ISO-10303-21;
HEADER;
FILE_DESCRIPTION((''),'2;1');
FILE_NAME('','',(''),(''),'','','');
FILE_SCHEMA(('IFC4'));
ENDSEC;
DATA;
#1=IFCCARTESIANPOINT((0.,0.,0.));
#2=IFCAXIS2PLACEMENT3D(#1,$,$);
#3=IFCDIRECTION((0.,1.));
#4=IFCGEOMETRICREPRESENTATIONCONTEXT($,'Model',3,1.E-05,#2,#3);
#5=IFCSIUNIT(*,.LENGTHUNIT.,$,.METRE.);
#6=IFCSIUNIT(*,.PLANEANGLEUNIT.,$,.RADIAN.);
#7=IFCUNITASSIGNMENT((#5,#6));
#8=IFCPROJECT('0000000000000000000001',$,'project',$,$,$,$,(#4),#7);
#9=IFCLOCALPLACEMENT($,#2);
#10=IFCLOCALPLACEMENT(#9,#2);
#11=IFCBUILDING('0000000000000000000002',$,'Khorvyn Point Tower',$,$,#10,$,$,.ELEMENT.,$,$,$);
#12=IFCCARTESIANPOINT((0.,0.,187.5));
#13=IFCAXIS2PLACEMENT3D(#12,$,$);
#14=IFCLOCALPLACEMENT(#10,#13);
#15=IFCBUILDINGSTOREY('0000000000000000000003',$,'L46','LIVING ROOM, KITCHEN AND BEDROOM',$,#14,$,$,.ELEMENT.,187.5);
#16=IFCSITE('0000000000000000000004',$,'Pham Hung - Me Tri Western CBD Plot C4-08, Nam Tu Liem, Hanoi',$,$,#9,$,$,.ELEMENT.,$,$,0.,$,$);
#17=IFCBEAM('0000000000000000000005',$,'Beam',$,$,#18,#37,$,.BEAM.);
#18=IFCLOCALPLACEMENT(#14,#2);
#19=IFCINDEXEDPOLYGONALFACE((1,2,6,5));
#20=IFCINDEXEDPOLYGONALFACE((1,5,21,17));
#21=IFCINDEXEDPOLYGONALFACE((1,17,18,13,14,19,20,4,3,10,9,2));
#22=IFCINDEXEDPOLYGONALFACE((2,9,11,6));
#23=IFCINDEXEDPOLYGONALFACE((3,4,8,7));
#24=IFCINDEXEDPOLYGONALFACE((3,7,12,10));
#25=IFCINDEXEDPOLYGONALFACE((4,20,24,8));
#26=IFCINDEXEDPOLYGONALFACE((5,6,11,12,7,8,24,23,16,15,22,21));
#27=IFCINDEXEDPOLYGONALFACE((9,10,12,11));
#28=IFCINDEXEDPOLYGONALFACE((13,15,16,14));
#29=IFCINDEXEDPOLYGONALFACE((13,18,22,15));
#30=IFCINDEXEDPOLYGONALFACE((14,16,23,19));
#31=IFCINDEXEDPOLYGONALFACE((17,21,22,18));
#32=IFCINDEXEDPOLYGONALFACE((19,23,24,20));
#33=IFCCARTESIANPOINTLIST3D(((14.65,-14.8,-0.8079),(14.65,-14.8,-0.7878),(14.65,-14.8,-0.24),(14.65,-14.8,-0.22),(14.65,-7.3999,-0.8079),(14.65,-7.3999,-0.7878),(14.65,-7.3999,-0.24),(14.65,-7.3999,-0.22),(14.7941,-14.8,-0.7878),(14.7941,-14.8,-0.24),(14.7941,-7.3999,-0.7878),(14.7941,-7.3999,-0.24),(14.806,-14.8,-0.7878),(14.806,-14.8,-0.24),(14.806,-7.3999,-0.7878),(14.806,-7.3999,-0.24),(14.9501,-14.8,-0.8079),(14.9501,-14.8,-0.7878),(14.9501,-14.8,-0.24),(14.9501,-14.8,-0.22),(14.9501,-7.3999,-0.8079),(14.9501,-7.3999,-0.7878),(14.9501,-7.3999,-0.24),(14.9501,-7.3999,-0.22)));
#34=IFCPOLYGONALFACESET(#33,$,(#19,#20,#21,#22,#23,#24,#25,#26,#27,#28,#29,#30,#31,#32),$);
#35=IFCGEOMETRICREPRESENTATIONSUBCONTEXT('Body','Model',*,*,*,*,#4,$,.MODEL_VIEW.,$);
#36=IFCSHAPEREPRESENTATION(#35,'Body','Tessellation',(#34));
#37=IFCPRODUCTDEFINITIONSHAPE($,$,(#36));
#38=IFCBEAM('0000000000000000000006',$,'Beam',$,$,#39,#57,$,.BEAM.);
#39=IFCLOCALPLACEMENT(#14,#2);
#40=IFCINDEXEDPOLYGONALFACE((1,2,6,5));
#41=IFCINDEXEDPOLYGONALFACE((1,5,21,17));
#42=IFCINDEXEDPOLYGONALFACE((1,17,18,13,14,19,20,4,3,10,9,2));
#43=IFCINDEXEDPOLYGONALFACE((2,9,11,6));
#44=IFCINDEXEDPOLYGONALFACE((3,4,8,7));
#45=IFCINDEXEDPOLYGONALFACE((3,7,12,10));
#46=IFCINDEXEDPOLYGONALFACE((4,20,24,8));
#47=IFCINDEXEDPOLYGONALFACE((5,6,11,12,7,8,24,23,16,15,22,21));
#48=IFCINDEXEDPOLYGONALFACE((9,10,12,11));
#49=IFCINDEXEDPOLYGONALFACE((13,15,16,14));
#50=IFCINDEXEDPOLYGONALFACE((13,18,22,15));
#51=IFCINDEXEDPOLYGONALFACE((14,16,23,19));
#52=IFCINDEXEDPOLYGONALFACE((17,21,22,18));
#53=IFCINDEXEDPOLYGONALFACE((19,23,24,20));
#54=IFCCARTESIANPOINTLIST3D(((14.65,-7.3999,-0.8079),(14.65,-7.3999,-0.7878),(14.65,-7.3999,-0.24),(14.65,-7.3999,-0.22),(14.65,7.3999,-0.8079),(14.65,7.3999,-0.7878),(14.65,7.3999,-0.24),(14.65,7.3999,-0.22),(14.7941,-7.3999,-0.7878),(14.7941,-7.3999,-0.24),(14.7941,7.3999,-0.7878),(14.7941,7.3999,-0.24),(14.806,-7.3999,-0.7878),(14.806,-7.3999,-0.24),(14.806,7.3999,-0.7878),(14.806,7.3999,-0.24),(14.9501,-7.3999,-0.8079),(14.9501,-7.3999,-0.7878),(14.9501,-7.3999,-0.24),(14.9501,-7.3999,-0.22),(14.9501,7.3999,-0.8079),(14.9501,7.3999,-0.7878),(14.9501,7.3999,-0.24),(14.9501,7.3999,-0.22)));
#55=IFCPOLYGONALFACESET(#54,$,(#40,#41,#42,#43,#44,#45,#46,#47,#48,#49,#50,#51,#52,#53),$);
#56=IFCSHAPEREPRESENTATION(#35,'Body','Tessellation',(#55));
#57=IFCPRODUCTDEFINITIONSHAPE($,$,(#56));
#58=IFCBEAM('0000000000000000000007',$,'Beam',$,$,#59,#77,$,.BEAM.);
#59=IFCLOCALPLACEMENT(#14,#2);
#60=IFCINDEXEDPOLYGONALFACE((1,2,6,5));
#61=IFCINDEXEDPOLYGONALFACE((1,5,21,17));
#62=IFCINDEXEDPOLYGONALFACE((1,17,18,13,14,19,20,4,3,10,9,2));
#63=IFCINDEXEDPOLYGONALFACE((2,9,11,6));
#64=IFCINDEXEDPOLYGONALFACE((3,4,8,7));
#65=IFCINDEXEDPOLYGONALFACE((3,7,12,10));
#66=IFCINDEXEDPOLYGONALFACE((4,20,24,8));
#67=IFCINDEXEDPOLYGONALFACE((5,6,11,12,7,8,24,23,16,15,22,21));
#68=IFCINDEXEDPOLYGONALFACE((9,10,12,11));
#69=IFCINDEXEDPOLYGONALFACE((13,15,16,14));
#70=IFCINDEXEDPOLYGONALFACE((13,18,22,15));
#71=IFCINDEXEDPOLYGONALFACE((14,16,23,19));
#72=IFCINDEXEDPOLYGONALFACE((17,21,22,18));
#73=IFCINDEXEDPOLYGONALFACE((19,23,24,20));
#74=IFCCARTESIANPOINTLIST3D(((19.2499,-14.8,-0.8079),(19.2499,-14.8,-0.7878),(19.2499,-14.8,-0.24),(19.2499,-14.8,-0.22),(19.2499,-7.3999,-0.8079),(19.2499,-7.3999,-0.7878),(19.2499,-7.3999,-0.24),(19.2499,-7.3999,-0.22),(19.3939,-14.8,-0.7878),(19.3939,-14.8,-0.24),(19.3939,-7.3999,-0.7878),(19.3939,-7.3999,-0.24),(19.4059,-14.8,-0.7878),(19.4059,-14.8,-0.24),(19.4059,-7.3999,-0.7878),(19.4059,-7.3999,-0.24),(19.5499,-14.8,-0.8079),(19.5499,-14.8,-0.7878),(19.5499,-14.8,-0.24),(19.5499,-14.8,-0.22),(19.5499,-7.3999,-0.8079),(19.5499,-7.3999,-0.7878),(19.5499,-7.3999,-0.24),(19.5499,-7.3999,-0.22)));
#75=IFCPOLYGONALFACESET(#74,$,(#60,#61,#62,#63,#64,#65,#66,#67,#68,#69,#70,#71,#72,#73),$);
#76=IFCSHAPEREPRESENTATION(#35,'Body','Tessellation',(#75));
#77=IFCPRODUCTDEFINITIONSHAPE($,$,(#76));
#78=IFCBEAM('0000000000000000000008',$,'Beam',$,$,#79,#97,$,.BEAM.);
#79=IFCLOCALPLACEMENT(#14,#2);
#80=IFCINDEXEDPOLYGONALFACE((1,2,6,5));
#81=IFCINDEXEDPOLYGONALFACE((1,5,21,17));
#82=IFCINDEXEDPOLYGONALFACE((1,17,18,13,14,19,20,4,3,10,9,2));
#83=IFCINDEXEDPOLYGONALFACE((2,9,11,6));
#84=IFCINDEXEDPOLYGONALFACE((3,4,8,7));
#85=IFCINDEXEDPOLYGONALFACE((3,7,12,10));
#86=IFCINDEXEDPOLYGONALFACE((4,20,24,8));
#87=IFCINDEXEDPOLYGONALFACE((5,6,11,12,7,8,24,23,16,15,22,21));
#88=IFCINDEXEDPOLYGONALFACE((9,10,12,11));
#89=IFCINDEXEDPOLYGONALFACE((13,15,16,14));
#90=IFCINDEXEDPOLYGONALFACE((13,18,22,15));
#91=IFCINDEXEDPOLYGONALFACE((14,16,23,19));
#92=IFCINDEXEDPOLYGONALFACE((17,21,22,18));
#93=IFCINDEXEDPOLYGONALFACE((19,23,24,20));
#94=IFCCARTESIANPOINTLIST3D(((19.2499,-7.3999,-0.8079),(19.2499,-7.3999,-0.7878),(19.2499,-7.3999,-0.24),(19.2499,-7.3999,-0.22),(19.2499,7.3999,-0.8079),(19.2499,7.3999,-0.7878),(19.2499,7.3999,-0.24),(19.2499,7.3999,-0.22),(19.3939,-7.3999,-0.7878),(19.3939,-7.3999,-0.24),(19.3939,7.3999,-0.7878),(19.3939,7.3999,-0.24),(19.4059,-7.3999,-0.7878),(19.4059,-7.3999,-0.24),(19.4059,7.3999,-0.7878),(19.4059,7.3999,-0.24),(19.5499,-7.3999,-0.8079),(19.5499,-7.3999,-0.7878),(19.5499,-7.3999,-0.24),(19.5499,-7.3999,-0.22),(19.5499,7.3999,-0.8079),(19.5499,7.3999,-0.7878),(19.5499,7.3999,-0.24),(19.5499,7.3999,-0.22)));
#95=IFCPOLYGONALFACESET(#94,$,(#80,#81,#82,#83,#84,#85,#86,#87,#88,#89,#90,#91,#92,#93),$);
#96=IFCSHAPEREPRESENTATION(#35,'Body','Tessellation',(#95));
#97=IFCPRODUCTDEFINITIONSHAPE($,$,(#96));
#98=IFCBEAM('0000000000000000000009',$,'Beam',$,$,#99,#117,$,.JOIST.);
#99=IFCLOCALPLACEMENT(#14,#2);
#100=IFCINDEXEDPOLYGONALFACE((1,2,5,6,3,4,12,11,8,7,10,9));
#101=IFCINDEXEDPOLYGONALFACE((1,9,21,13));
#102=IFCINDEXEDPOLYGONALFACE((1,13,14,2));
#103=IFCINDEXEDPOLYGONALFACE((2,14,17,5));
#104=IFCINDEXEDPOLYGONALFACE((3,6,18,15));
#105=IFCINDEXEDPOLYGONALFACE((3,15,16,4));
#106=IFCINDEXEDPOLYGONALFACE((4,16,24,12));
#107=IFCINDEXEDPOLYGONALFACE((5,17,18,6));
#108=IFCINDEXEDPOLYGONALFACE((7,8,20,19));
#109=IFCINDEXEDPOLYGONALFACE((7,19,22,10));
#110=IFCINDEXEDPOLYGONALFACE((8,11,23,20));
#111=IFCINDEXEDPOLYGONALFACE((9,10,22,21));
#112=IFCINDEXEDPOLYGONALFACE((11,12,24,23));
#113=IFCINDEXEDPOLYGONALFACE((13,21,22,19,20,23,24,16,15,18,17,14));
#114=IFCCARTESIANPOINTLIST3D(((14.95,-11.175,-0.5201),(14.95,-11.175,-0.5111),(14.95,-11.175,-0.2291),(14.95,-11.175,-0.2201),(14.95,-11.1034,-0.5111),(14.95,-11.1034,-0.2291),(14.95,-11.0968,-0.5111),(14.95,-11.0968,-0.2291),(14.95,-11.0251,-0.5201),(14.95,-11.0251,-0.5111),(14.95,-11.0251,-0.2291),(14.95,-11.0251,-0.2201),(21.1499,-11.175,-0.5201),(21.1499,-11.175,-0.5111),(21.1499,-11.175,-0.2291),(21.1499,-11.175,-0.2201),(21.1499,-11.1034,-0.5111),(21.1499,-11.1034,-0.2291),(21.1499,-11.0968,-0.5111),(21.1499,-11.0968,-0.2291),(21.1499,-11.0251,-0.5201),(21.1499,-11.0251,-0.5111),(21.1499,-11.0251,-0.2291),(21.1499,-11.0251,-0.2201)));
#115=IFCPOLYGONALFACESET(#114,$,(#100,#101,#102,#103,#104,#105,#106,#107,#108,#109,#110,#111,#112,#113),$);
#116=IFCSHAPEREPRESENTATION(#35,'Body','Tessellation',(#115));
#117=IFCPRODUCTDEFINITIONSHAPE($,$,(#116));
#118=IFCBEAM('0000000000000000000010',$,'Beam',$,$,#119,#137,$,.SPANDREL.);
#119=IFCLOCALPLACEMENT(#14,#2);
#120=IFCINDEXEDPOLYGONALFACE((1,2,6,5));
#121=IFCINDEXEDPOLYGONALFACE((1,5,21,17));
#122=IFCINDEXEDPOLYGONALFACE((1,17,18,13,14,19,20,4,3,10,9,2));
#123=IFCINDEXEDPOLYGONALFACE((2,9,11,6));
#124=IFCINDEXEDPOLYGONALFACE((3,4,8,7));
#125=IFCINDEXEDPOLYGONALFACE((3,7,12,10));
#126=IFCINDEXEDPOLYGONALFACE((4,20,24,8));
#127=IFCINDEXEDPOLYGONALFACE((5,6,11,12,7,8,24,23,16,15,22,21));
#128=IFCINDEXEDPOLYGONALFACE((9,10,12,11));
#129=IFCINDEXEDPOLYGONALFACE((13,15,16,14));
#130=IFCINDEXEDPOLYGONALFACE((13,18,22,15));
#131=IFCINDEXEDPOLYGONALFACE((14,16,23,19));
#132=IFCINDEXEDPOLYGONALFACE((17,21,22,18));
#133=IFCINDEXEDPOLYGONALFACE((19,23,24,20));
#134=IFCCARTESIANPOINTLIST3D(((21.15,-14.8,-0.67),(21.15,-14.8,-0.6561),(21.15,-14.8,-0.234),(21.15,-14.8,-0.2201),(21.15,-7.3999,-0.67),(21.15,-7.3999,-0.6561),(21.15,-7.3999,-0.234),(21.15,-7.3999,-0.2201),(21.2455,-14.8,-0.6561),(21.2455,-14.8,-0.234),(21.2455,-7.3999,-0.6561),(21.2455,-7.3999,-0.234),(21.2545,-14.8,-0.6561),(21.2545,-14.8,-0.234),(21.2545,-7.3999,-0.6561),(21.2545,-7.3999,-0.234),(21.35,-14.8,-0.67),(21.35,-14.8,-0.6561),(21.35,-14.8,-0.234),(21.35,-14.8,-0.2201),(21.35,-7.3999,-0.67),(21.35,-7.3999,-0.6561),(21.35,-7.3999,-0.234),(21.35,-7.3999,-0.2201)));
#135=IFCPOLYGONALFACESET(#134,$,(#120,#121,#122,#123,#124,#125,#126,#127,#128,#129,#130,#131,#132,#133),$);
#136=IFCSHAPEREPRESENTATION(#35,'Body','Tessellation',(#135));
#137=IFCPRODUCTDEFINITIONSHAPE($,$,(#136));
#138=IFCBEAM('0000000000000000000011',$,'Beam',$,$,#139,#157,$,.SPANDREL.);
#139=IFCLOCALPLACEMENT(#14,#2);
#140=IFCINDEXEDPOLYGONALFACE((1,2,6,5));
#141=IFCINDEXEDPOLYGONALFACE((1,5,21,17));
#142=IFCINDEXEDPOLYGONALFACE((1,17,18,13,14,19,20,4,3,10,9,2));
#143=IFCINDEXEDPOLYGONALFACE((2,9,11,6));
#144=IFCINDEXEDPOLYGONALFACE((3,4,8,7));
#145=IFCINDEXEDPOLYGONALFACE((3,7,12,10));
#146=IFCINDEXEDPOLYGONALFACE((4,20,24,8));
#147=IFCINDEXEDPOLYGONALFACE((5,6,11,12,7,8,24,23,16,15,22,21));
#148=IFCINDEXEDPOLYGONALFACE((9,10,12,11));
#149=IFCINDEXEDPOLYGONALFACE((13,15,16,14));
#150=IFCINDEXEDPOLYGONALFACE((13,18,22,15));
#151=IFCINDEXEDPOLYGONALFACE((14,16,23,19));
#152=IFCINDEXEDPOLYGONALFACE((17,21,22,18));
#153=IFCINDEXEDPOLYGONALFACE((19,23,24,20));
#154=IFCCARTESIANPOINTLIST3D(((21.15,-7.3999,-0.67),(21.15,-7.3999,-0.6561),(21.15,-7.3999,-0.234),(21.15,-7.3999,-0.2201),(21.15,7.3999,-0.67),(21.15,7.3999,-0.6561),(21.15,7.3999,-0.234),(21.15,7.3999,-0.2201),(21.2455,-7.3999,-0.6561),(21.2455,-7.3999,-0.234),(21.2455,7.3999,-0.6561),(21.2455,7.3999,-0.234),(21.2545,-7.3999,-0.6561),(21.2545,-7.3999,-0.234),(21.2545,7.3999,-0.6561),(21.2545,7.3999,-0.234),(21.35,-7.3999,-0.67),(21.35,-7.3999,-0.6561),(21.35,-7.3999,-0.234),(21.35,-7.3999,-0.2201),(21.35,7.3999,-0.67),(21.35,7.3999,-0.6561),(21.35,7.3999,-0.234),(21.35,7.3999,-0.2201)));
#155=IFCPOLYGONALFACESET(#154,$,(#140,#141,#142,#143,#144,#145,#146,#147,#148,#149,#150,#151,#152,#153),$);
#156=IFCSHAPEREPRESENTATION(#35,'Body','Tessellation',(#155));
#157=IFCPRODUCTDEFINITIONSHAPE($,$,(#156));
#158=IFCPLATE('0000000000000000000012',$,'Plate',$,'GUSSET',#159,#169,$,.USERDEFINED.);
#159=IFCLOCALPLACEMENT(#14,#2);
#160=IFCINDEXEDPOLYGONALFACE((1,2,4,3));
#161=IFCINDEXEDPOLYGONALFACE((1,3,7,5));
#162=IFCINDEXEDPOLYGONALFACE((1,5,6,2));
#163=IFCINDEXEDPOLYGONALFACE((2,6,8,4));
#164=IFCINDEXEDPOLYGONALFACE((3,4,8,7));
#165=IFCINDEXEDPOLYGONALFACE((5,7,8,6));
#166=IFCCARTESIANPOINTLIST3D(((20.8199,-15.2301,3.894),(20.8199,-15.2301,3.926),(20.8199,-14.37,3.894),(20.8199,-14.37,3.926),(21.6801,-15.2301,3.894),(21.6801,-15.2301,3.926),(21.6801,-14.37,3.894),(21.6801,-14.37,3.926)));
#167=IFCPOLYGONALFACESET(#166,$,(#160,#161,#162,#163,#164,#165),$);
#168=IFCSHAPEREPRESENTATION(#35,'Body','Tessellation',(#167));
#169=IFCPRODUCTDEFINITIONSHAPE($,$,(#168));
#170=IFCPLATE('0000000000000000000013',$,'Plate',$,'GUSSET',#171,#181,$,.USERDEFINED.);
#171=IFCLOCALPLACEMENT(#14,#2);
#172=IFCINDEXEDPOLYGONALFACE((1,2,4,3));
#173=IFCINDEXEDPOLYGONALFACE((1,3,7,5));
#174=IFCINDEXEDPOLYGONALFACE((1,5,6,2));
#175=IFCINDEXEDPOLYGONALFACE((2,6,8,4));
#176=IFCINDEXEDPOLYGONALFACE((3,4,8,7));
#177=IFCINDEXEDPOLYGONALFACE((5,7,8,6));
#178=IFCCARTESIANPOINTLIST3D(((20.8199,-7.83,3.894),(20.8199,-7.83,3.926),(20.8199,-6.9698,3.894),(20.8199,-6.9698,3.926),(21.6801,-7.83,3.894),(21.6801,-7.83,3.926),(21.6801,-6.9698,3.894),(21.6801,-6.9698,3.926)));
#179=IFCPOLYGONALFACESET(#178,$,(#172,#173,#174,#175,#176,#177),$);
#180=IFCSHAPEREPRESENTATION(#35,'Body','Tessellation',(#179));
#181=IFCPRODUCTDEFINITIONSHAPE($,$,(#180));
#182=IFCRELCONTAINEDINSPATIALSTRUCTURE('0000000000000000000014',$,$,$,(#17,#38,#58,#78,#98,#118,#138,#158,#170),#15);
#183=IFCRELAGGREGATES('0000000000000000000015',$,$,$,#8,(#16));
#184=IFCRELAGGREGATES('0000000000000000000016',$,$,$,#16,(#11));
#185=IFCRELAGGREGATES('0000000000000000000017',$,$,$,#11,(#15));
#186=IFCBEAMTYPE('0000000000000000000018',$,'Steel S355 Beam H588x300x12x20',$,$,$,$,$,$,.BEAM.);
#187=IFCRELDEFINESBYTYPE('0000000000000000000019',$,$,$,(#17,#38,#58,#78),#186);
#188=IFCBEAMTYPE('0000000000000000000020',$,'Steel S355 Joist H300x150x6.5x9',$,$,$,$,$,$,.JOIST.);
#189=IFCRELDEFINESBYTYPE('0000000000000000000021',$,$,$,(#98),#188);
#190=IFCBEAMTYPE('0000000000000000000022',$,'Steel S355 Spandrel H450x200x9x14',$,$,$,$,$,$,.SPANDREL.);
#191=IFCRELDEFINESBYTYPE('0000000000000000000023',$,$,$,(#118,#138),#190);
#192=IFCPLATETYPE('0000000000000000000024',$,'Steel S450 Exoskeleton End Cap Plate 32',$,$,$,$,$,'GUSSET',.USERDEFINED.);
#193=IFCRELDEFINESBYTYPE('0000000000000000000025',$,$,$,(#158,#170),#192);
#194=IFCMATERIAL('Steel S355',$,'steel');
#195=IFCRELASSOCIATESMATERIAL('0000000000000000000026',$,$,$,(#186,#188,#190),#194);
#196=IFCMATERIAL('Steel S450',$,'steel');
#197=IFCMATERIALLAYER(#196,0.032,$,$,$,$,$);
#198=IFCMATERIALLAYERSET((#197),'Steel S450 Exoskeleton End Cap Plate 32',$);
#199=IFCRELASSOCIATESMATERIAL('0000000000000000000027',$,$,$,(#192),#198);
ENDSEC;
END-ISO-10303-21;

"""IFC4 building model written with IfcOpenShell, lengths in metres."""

from ifc_helpers import new_model, si_unit, direction, frame, origin, origin_2d, place, context, subcontext, project, spatial, rectangle, i_section, extrude, material, layer, layer_set, material_profile, profile_set, type_object, element, save


model = new_model("IFC4")

# Units and contexts
model_context = context("Model", 3, precision=1e-05, world=origin(), true_north=direction((0.0, 1.0)))
body_context = subcontext(model_context, "Body", "Model", "MODEL_VIEW")
ifc_project = project(units=[si_unit("LENGTHUNIT", "METRE"), si_unit("PLANEANGLEUNIT", "RADIAN")], contexts=[model_context])

# Site, building, storey
site_placement = place(None, origin())
site = spatial("IfcSite", under=ifc_project, at=site_placement, Name="Pham Hung - Me Tri Western CBD Plot C4-08, Nam Tu Liem, Hanoi", CompositionType="ELEMENT", RefElevation=0.0)
building_placement = place(site_placement, origin())
building = spatial("IfcBuilding", under=site, at=building_placement, Name="Khorvyn Point Tower", CompositionType="ELEMENT")
storey_placement = place(building_placement, frame((0.0, 0.0, 187.5)))
storey = spatial("IfcBuildingStorey", under=building, at=storey_placement, Name="L46", Description="LIVING ROOM, KITCHEN AND BEDROOM", CompositionType="ELEMENT", Elevation=187.5)

# Shared definitions
ifc_material_1 = material(Name="Steel S450", Category="steel")

# Beams
ifc_material_2 = material(Name="Steel S355", Category="steel")
ifc_material_profile_1 = material_profile(ifc_material_2, i_section(OverallWidth=0.3, OverallDepth=0.5879, WebThickness=0.012, FlangeThickness=0.02, at=origin_2d()))
ifc_profile_set_1 = profile_set([ifc_material_profile_1], Name="Steel S355 H588x300x12x20")
beam_type_1 = type_object("IfcBeamType", Name="Steel S355 Beam H588x300x12x20", PredefinedType="BEAM", material=ifc_profile_set_1)
beam_1_placement = place(storey_placement, frame((14.8, -14.8, -0.5139), z_axis=(0.0, 1.0, 0.0), x_axis=(-1.0, 0.0, 0.0)))
element("IfcBeam", 1, at=beam_1_placement, inside=storey, type_object=beam_type_1, Name="Beam", PredefinedType="BEAM", context=body_context, shape_type="SweptSolid", body=[
    extrude(i_section(OverallWidth=0.3, OverallDepth=0.5879, WebThickness=0.012, FlangeThickness=0.02, at=origin_2d()), origin(), (0.0, 0.0, 1.0), 7.4001),
])
beam_2_placement = place(storey_placement, frame((14.8, -7.3999, -0.5139), z_axis=(0.0, 1.0, 0.0), x_axis=(-1.0, 0.0, 0.0)))
element("IfcBeam", 2, at=beam_2_placement, inside=storey, type_object=beam_type_1, Name="Beam", PredefinedType="BEAM", context=body_context, shape_type="SweptSolid", body=[
    extrude(i_section(OverallWidth=0.3, OverallDepth=0.5879, WebThickness=0.012, FlangeThickness=0.02, at=origin_2d()), origin(), (0.0, 0.0, 1.0), 14.7998),
])
beam_3_placement = place(storey_placement, frame((19.3999, -14.8, -0.5139), z_axis=(0.0, 1.0, 0.0), x_axis=(-1.0, 0.0, 0.0)))
element("IfcBeam", 3, at=beam_3_placement, inside=storey, type_object=beam_type_1, Name="Beam", PredefinedType="BEAM", context=body_context, shape_type="SweptSolid", body=[
    extrude(i_section(OverallWidth=0.3, OverallDepth=0.5879, WebThickness=0.012, FlangeThickness=0.02, at=origin_2d()), origin(), (0.0, 0.0, 1.0), 7.4001),
])
beam_4_placement = place(storey_placement, frame((19.3999, -7.3999, -0.5139), z_axis=(0.0, 1.0, 0.0), x_axis=(-1.0, 0.0, 0.0)))
element("IfcBeam", 4, at=beam_4_placement, inside=storey, type_object=beam_type_1, Name="Beam", PredefinedType="BEAM", context=body_context, shape_type="SweptSolid", body=[
    extrude(i_section(OverallWidth=0.3, OverallDepth=0.5879, WebThickness=0.012, FlangeThickness=0.02, at=origin_2d()), origin(), (0.0, 0.0, 1.0), 14.7998),
])
ifc_material_profile_2 = material_profile(ifc_material_2, i_section(OverallWidth=0.1499, OverallDepth=0.3, WebThickness=0.0066, FlangeThickness=0.009, at=origin_2d()))
ifc_profile_set_2 = profile_set([ifc_material_profile_2], Name="Steel S355 H300x150x6.5x9")
beam_type_2 = type_object("IfcBeamType", Name="Steel S355 Joist H300x150x6.5x9", PredefinedType="JOIST", material=ifc_profile_set_2)
beam_5_placement = place(storey_placement, frame((14.95, -11.1001, -0.3701), z_axis=(1.0, 0.0, 0.0), x_axis=(0.0, 1.0, 0.0)))
element("IfcBeam", 5, at=beam_5_placement, inside=storey, type_object=beam_type_2, Name="Beam", PredefinedType="JOIST", context=body_context, shape_type="SweptSolid", body=[
    extrude(i_section(OverallWidth=0.1499, OverallDepth=0.3, WebThickness=0.0066, FlangeThickness=0.009, at=origin_2d()), origin(), (0.0, 0.0, 1.0), 6.2),
])
ifc_material_profile_3 = material_profile(ifc_material_2, i_section(OverallWidth=0.2, OverallDepth=0.45, WebThickness=0.009, FlangeThickness=0.0139, at=origin_2d()))
ifc_profile_set_3 = profile_set([ifc_material_profile_3], Name="Steel S355 H450x200x9x14")
beam_type_3 = type_object("IfcBeamType", Name="Steel S355 Spandrel H450x200x9x14", PredefinedType="SPANDREL", material=ifc_profile_set_3)
beam_6_placement = place(storey_placement, frame((21.25, -14.8, -0.4451), z_axis=(0.0, 1.0, 0.0), x_axis=(-1.0, 0.0, 0.0)))
element("IfcBeam", 6, at=beam_6_placement, inside=storey, type_object=beam_type_3, Name="Beam", PredefinedType="SPANDREL", context=body_context, shape_type="SweptSolid", body=[
    extrude(i_section(OverallWidth=0.2, OverallDepth=0.45, WebThickness=0.009, FlangeThickness=0.0139, at=origin_2d()), origin(), (0.0, 0.0, 1.0), 7.4001),
])
beam_7_placement = place(storey_placement, frame((21.25, -7.3999, -0.4451), z_axis=(0.0, 1.0, 0.0), x_axis=(-1.0, 0.0, 0.0)))
element("IfcBeam", 7, at=beam_7_placement, inside=storey, type_object=beam_type_3, Name="Beam", PredefinedType="SPANDREL", context=body_context, shape_type="SweptSolid", body=[
    extrude(i_section(OverallWidth=0.2, OverallDepth=0.45, WebThickness=0.009, FlangeThickness=0.0139, at=origin_2d()), origin(), (0.0, 0.0, 1.0), 14.7998),
])

# Plates
ifc_layer_1 = layer(ifc_material_1, 0.032)
ifc_layer_set_1 = layer_set([ifc_layer_1], Name="Steel S450 Exoskeleton End Cap Plate 32")
plate_type_1 = type_object("IfcPlateType", Name="Steel S450 Exoskeleton End Cap Plate 32", ElementType="GUSSET", PredefinedType="USERDEFINED", material=ifc_layer_set_1)
for number, where, z_axis, x_axis, name in (
    (8, (21.25, -14.8, 3.894), (0.0, 0.0, 1.0), (1.0, 0.0, 0.0), "Plate"),
    (9, (21.25, -7.3999, 3.894), (0.0, 0.0, 1.0), (1.0, 0.0, 0.0), "Plate"),
):
    element("IfcPlate", number, at=place(storey_placement, frame(where, z_axis=z_axis, x_axis=x_axis)), inside=storey, type_object=plate_type_1, Name=name, ObjectType="GUSSET", PredefinedType="USERDEFINED", context=body_context, shape_type="SweptSolid", body=[
        extrude(rectangle(XDim=0.8601, YDim=0.8601, at=origin_2d()), origin(), (0.0, 0.0, 1.0), 0.032),
    ])

save(model, "model.ifc")
